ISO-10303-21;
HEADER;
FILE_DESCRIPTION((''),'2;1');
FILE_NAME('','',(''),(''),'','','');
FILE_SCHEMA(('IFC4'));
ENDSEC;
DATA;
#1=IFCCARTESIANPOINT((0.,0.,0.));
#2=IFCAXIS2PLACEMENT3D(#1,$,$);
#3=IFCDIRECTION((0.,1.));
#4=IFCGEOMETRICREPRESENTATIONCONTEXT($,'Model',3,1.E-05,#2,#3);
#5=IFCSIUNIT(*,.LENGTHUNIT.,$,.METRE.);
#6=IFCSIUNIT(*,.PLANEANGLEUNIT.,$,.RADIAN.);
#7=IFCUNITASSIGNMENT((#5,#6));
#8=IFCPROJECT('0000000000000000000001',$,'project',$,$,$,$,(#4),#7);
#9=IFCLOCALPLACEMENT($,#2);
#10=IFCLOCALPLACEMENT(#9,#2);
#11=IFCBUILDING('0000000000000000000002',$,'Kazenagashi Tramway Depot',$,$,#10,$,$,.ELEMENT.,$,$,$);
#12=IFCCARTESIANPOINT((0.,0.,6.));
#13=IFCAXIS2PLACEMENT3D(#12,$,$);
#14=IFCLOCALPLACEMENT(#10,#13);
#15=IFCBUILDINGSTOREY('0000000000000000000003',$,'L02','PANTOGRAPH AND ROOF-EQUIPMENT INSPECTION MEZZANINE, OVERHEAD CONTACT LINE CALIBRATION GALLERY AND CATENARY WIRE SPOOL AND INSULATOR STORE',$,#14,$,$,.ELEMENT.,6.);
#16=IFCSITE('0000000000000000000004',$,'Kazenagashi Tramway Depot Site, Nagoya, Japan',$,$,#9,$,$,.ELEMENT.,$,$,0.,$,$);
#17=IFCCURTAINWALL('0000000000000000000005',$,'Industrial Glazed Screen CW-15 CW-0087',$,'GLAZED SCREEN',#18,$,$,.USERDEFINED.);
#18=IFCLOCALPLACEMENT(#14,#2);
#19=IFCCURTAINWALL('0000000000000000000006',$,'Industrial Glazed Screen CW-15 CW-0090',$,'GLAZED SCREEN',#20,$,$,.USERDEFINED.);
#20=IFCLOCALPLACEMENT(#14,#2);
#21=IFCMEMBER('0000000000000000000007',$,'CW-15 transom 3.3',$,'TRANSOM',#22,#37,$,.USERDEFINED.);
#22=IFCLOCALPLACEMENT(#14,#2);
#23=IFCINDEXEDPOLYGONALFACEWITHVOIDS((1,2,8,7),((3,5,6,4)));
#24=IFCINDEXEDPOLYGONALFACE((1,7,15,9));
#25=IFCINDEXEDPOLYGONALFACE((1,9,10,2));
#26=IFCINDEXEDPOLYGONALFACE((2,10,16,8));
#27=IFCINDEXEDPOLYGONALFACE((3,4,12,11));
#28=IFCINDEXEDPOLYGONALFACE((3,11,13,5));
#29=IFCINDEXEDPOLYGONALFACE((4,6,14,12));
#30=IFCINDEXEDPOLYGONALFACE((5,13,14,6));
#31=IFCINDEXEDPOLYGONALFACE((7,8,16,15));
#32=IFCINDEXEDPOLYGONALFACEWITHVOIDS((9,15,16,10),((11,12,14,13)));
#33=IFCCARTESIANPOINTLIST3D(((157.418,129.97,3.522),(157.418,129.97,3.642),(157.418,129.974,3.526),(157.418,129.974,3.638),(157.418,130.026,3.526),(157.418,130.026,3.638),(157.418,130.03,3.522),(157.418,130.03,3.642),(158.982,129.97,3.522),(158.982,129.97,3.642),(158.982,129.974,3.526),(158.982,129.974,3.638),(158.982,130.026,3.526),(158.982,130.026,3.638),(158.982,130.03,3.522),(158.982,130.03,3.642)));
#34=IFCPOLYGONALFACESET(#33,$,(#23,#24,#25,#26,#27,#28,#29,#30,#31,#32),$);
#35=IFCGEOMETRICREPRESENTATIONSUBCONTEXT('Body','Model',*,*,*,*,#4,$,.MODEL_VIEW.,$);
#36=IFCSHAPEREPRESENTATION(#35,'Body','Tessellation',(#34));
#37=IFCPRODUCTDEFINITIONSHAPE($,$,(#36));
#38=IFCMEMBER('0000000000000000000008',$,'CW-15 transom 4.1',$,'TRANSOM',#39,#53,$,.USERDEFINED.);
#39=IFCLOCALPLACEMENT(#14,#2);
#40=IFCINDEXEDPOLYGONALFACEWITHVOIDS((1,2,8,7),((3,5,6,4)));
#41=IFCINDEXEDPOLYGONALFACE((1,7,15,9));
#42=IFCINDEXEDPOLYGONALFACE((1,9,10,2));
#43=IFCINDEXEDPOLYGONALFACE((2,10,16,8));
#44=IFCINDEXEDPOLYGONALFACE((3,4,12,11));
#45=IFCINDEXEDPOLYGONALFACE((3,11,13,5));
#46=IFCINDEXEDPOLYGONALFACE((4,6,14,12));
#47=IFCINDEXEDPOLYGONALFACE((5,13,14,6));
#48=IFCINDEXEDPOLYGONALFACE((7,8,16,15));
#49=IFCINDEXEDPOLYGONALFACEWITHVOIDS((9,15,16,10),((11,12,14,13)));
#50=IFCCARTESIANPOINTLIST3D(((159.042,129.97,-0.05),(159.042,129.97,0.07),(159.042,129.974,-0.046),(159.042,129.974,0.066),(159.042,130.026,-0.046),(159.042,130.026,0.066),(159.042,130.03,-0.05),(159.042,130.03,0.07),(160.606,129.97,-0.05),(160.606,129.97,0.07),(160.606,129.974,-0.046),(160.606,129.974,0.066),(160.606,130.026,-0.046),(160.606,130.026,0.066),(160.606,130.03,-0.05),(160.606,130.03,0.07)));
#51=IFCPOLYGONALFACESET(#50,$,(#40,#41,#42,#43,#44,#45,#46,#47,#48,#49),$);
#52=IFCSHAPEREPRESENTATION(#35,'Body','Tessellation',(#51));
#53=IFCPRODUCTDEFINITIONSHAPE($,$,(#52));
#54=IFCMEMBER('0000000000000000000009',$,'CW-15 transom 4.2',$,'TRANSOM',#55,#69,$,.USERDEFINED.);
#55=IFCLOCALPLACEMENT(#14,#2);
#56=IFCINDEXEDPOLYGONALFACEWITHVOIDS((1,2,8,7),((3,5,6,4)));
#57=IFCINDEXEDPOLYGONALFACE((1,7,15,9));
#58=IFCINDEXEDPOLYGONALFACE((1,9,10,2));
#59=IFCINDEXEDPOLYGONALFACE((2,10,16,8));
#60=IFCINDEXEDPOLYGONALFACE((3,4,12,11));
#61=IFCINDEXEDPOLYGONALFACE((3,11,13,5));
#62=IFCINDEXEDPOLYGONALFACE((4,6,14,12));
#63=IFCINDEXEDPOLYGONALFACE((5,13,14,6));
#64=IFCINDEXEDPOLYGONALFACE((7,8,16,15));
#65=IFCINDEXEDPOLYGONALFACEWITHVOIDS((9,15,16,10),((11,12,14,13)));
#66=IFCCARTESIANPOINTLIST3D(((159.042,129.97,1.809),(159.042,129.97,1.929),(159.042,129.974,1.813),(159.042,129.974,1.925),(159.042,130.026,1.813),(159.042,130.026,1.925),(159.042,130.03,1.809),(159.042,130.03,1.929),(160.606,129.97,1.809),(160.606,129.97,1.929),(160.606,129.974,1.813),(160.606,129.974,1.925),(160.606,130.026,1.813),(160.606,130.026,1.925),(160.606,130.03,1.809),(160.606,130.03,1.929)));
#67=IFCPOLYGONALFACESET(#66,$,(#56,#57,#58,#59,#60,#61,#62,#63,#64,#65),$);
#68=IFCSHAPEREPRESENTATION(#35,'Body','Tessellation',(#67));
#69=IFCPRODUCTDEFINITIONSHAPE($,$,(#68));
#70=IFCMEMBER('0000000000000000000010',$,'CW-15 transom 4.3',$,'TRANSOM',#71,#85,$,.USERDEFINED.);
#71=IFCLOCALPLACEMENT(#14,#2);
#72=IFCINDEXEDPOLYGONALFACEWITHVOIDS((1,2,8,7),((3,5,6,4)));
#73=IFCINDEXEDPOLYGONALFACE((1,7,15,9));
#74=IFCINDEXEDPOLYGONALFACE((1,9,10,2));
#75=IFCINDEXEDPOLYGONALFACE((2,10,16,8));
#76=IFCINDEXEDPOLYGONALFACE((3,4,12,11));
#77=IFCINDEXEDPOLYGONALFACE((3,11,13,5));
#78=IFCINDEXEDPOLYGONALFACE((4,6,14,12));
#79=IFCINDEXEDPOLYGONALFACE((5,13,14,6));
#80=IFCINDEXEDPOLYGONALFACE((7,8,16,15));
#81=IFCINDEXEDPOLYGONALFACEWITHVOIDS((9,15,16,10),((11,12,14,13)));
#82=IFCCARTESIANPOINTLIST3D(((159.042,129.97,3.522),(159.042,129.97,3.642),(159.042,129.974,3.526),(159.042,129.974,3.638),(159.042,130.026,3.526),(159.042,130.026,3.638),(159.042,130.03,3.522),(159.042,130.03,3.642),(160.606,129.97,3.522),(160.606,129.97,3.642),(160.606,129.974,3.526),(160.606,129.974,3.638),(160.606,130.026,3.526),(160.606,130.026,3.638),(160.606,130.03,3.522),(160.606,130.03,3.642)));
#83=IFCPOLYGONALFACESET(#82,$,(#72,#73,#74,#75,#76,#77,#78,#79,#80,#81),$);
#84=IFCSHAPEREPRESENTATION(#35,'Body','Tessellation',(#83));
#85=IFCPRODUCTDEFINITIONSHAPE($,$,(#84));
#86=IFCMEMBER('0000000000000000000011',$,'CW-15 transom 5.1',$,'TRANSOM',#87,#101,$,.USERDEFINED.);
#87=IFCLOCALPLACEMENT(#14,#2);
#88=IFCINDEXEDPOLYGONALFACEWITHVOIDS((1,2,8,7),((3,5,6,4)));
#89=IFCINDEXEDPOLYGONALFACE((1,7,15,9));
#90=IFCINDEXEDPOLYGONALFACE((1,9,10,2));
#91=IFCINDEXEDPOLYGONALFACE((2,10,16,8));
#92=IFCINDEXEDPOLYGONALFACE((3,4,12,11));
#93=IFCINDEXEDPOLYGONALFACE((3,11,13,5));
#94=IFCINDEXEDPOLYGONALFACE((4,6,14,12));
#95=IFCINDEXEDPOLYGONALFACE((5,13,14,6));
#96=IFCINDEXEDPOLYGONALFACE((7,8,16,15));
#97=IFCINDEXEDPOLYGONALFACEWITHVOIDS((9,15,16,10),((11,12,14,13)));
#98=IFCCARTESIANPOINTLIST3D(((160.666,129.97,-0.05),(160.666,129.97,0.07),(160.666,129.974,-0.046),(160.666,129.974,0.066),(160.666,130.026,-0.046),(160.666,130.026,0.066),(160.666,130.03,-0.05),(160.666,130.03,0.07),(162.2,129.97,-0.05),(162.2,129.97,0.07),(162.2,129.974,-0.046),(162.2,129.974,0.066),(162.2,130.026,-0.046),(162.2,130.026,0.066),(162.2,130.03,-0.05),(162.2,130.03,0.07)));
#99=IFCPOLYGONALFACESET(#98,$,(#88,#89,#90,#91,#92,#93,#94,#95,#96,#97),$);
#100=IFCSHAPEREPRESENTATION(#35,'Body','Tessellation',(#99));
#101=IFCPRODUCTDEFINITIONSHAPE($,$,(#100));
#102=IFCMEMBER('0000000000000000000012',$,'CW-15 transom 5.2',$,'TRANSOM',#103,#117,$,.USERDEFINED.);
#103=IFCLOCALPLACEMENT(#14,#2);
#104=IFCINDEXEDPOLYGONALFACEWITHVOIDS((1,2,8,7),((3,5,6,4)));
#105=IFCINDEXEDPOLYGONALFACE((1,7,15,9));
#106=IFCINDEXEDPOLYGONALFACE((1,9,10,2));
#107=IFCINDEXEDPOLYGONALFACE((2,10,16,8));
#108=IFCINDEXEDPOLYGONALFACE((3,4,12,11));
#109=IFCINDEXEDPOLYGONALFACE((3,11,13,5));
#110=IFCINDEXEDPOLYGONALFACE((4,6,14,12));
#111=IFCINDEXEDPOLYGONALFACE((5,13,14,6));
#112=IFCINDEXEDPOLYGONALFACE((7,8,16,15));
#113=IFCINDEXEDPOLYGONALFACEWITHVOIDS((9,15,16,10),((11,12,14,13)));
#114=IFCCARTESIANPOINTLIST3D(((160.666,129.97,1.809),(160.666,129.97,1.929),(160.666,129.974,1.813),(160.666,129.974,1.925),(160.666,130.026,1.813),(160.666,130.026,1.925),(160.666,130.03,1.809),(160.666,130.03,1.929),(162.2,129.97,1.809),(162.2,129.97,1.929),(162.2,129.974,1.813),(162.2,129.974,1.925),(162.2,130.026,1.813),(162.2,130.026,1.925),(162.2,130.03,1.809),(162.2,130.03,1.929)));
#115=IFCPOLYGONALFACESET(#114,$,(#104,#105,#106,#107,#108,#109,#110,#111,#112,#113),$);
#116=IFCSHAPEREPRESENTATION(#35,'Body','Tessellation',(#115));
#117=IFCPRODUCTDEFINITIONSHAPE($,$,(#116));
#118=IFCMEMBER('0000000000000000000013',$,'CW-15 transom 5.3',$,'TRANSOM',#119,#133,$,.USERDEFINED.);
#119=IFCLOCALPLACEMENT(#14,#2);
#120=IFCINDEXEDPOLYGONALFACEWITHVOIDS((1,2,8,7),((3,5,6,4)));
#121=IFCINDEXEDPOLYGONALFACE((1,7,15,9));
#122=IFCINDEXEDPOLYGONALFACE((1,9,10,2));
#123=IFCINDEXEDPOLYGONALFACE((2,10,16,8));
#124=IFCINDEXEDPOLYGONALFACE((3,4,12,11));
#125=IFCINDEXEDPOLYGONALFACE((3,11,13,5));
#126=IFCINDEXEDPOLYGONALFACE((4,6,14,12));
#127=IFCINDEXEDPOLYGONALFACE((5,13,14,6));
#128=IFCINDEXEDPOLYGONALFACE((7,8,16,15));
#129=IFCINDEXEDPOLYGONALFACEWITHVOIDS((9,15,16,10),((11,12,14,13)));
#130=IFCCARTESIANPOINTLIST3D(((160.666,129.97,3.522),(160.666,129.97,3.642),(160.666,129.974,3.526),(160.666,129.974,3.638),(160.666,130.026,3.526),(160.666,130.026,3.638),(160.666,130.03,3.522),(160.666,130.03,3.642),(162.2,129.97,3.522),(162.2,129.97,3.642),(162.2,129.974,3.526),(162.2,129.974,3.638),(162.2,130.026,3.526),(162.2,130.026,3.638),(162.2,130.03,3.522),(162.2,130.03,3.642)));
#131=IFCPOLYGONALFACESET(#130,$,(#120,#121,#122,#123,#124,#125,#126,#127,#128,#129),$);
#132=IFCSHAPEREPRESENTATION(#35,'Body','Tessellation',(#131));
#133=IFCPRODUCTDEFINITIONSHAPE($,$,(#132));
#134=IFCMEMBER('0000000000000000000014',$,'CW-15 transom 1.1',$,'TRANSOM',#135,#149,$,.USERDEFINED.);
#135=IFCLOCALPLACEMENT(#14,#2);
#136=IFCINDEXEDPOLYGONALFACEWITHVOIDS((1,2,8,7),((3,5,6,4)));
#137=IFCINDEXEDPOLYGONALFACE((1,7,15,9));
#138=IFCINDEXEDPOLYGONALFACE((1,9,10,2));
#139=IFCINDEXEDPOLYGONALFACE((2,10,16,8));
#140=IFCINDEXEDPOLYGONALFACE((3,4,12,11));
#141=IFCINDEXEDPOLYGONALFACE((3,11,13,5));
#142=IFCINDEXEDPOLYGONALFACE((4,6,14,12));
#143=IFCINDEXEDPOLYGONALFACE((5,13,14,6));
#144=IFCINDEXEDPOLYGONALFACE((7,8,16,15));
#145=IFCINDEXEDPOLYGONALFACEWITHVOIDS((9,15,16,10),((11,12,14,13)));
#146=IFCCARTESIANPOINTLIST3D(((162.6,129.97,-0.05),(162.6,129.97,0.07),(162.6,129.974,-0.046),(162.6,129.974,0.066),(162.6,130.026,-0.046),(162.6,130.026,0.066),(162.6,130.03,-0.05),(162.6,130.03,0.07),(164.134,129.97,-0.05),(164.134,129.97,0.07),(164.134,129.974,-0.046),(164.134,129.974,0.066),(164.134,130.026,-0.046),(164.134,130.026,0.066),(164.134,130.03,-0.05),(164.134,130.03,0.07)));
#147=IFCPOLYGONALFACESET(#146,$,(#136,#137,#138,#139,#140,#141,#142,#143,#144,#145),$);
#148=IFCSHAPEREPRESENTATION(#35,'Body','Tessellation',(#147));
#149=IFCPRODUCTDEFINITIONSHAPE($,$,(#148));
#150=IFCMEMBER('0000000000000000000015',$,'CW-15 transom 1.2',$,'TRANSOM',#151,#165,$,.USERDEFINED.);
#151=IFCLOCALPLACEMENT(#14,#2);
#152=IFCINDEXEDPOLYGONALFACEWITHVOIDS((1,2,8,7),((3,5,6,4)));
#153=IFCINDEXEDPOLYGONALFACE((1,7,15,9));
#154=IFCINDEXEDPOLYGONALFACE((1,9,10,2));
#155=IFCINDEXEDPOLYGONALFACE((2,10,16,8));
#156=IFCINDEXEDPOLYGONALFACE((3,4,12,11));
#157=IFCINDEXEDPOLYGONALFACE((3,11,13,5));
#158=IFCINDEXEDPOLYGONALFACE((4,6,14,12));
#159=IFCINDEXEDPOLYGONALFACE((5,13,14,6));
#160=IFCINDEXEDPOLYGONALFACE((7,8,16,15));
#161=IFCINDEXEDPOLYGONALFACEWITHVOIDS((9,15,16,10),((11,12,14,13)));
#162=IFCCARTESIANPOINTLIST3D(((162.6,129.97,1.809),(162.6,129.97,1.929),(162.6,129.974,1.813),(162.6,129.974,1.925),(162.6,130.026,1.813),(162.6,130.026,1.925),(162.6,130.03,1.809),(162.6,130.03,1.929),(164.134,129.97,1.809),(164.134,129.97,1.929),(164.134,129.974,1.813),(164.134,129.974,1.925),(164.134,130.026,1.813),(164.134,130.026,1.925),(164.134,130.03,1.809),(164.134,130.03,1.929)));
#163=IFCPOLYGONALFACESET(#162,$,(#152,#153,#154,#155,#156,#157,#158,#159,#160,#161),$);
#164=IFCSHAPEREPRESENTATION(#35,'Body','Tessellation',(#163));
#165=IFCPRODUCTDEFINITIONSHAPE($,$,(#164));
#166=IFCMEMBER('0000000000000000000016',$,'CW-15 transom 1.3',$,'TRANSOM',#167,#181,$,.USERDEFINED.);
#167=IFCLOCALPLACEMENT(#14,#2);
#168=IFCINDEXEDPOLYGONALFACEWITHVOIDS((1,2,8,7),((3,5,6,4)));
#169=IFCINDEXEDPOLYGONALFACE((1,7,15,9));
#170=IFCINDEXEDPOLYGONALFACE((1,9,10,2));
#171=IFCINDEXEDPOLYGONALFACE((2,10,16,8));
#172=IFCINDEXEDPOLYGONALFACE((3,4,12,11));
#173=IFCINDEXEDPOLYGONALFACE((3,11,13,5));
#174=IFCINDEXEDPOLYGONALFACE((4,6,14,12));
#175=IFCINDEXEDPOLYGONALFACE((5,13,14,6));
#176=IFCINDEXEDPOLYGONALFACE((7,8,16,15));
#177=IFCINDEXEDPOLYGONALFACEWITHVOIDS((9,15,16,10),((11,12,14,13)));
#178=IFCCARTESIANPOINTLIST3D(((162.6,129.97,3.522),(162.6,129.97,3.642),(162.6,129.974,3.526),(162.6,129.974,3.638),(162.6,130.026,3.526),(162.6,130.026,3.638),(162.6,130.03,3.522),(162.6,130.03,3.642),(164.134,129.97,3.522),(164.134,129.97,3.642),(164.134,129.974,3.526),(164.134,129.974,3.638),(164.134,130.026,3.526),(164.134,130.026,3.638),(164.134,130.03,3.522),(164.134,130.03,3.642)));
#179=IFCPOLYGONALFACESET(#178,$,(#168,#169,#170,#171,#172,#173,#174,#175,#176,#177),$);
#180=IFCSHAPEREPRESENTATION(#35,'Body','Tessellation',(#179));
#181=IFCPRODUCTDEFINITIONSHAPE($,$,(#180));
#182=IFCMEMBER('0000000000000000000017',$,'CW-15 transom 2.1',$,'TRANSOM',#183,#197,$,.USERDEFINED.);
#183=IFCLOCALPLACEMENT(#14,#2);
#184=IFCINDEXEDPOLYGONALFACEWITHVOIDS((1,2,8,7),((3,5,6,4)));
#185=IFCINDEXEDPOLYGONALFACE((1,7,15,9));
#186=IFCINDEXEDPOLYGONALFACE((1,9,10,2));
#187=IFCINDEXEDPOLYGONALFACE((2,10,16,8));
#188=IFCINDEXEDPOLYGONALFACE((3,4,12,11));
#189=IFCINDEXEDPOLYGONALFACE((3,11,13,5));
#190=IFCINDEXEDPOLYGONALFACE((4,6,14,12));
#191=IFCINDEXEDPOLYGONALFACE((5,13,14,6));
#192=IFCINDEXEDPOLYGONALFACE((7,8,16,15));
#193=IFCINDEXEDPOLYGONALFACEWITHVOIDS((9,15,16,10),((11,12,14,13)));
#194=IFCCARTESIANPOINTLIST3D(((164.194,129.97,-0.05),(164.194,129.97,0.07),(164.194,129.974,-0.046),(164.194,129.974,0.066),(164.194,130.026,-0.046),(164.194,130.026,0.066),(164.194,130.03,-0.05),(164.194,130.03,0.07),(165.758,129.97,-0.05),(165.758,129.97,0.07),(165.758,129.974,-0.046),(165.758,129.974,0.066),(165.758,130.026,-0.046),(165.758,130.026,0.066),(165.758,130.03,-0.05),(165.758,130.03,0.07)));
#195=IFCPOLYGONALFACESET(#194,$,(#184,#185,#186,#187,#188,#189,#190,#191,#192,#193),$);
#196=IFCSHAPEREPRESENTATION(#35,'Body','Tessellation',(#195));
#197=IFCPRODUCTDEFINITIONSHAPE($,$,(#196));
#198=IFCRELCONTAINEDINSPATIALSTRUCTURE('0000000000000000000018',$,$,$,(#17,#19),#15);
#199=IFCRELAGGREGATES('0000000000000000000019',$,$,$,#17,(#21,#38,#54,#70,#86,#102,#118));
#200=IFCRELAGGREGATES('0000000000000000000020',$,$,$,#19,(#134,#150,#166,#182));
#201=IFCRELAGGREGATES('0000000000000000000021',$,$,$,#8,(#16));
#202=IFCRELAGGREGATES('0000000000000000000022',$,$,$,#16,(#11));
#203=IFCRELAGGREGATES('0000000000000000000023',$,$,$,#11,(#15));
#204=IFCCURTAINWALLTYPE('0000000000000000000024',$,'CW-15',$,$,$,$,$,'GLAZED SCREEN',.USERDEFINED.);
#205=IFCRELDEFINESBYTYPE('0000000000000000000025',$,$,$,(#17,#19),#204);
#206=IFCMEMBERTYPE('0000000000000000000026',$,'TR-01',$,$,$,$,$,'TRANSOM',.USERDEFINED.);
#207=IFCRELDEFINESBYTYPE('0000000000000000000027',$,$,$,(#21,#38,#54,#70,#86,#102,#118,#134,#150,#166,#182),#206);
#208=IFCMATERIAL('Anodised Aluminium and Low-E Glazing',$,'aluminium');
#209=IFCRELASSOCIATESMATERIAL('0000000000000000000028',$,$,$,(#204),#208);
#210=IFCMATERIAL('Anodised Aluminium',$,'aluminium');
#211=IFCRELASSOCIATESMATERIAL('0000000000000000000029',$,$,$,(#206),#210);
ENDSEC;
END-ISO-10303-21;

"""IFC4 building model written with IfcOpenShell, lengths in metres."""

from ifc_helpers import new_model, si_unit, direction, frame, origin, origin_2d, place, context, subcontext, project, spatial, hollow_rectangle, extrude, material, material_profile, profile_set, type_object, element, aggregate, save


model = new_model("IFC4")

# Units and contexts
model_context = context("Model", 3, precision=1e-05, world=origin(), true_north=direction((0.0, 1.0)))
body_context = subcontext(model_context, "Body", "Model", "MODEL_VIEW")
ifc_project = project(units=[si_unit("LENGTHUNIT", "METRE"), si_unit("PLANEANGLEUNIT", "RADIAN")], contexts=[model_context])

# Site, building, storey
site_placement = place(None, origin())
site = spatial("IfcSite", under=ifc_project, at=site_placement, Name="Kazenagashi Tramway Depot Site, Nagoya, Japan", CompositionType="ELEMENT", RefElevation=0.0)
building_placement = place(site_placement, origin())
building = spatial("IfcBuilding", under=site, at=building_placement, Name="Kazenagashi Tramway Depot", CompositionType="ELEMENT")
storey_placement = place(building_placement, frame((0.0, 0.0, 6.0)))
storey = spatial("IfcBuildingStorey", under=building, at=storey_placement, Name="L02", Description="PANTOGRAPH AND ROOF-EQUIPMENT INSPECTION MEZZANINE, OVERHEAD CONTACT LINE CALIBRATION GALLERY AND CATENARY WIRE SPOOL AND INSULATOR STORE", CompositionType="ELEMENT", Elevation=6.0)

# Curtain walls
ifc_material_1 = material(Name="Anodised Aluminium and Low-E Glazing", Category="aluminium")
curtain_wall_type = type_object("IfcCurtainWallType", Name="CW-15", ElementType="GLAZED SCREEN", PredefinedType="USERDEFINED", material=ifc_material_1)
curtain_wall_1_placement = place(storey_placement, origin())
curtain_wall_1 = element("IfcCurtainWall", 1, at=curtain_wall_1_placement, inside=storey, type_object=curtain_wall_type, Name="Industrial Glazed Screen CW-15 CW-0087", ObjectType="GLAZED SCREEN", PredefinedType="USERDEFINED")
ifc_material_2 = material(Name="Anodised Aluminium", Category="aluminium")
curtain_wall_2_placement = place(storey_placement, origin())
curtain_wall_2 = element("IfcCurtainWall", 2, at=curtain_wall_2_placement, inside=storey, type_object=curtain_wall_type, Name="Industrial Glazed Screen CW-15 CW-0090", ObjectType="GLAZED SCREEN", PredefinedType="USERDEFINED")

# Members
ifc_material_profile_1 = material_profile(ifc_material_2, hollow_rectangle(XDim=0.06, YDim=0.12, WallThickness=0.004, at=origin_2d()), Name="RHS-120x60x4")
ifc_profile_set_1 = profile_set([ifc_material_profile_1], Name="Anodised Aluminium")
member_type_1 = type_object("IfcMemberType", Name="TR-01", ElementType="TRANSOM", PredefinedType="USERDEFINED", material=ifc_profile_set_1)
member_1_placement = place(storey_placement, frame((157.418, 130.0, 3.582), z_axis=(1.0, 0.0, 0.0), x_axis=(0.0, 1.0, 0.0)))
member_1 = element("IfcMember", 3, at=member_1_placement, type_object=member_type_1, Name="CW-15 transom 3.3", ObjectType="TRANSOM", PredefinedType="USERDEFINED", context=body_context, shape_type="SweptSolid", body=[
    extrude(hollow_rectangle(XDim=0.06, YDim=0.12, WallThickness=0.004, at=origin_2d()), origin(), (0.0, 0.0, 1.0), 1.564),
])
member_2_placement = place(storey_placement, frame((159.042, 130.0, 0.01), z_axis=(1.0, 0.0, 0.0), x_axis=(0.0, 1.0, 0.0)))
member_2 = element("IfcMember", 4, at=member_2_placement, type_object=member_type_1, Name="CW-15 transom 4.1", ObjectType="TRANSOM", PredefinedType="USERDEFINED", context=body_context, shape_type="SweptSolid", body=[
    extrude(hollow_rectangle(XDim=0.06, YDim=0.12, WallThickness=0.004, at=origin_2d()), origin(), (0.0, 0.0, 1.0), 1.564),
])
member_3_placement = place(storey_placement, frame((159.042, 130.0, 1.869), z_axis=(1.0, 0.0, 0.0), x_axis=(0.0, 1.0, 0.0)))
member_3 = element("IfcMember", 5, at=member_3_placement, type_object=member_type_1, Name="CW-15 transom 4.2", ObjectType="TRANSOM", PredefinedType="USERDEFINED", context=body_context, shape_type="SweptSolid", body=[
    extrude(hollow_rectangle(XDim=0.06, YDim=0.12, WallThickness=0.004, at=origin_2d()), origin(), (0.0, 0.0, 1.0), 1.564),
])
member_4_placement = place(storey_placement, frame((159.042, 130.0, 3.582), z_axis=(1.0, 0.0, 0.0), x_axis=(0.0, 1.0, 0.0)))
member_4 = element("IfcMember", 6, at=member_4_placement, type_object=member_type_1, Name="CW-15 transom 4.3", ObjectType="TRANSOM", PredefinedType="USERDEFINED", context=body_context, shape_type="SweptSolid", body=[
    extrude(hollow_rectangle(XDim=0.06, YDim=0.12, WallThickness=0.004, at=origin_2d()), origin(), (0.0, 0.0, 1.0), 1.564),
])
member_5_placement = place(storey_placement, frame((160.666, 130.0, 0.01), z_axis=(1.0, 0.0, 0.0), x_axis=(0.0, 1.0, 0.0)))
member_5 = element("IfcMember", 7, at=member_5_placement, type_object=member_type_1, Name="CW-15 transom 5.1", ObjectType="TRANSOM", PredefinedType="USERDEFINED", context=body_context, shape_type="SweptSolid", body=[
    extrude(hollow_rectangle(XDim=0.06, YDim=0.12, WallThickness=0.004, at=origin_2d()), origin(), (0.0, 0.0, 1.0), 1.534),
])
member_6_placement = place(storey_placement, frame((160.666, 130.0, 1.869), z_axis=(1.0, 0.0, 0.0), x_axis=(0.0, 1.0, 0.0)))
member_6 = element("IfcMember", 8, at=member_6_placement, type_object=member_type_1, Name="CW-15 transom 5.2", ObjectType="TRANSOM", PredefinedType="USERDEFINED", context=body_context, shape_type="SweptSolid", body=[
    extrude(hollow_rectangle(XDim=0.06, YDim=0.12, WallThickness=0.004, at=origin_2d()), origin(), (0.0, 0.0, 1.0), 1.534),
])
member_7_placement = place(storey_placement, frame((160.666, 130.0, 3.582), z_axis=(1.0, 0.0, 0.0), x_axis=(0.0, 1.0, 0.0)))
member_7 = element("IfcMember", 9, at=member_7_placement, type_object=member_type_1, Name="CW-15 transom 5.3", ObjectType="TRANSOM", PredefinedType="USERDEFINED", context=body_context, shape_type="SweptSolid", body=[
    extrude(hollow_rectangle(XDim=0.06, YDim=0.12, WallThickness=0.004, at=origin_2d()), origin(), (0.0, 0.0, 1.0), 1.534),
])
member_8_placement = place(storey_placement, frame((162.6, 130.0, 0.01), z_axis=(1.0, 0.0, 0.0), x_axis=(0.0, 1.0, 0.0)))
member_8 = element("IfcMember", 10, at=member_8_placement, type_object=member_type_1, Name="CW-15 transom 1.1", ObjectType="TRANSOM", PredefinedType="USERDEFINED", context=body_context, shape_type="SweptSolid", body=[
    extrude(hollow_rectangle(XDim=0.06, YDim=0.12, WallThickness=0.004, at=origin_2d()), origin(), (0.0, 0.0, 1.0), 1.534),
])
member_9_placement = place(storey_placement, frame((162.6, 130.0, 1.869), z_axis=(1.0, 0.0, 0.0), x_axis=(0.0, 1.0, 0.0)))
member_9 = element("IfcMember", 11, at=member_9_placement, type_object=member_type_1, Name="CW-15 transom 1.2", ObjectType="TRANSOM", PredefinedType="USERDEFINED", context=body_context, shape_type="SweptSolid", body=[
    extrude(hollow_rectangle(XDim=0.06, YDim=0.12, WallThickness=0.004, at=origin_2d()), origin(), (0.0, 0.0, 1.0), 1.534),
])
member_10_placement = place(storey_placement, frame((162.6, 130.0, 3.582), z_axis=(1.0, 0.0, 0.0), x_axis=(0.0, 1.0, 0.0)))
member_10 = element("IfcMember", 12, at=member_10_placement, type_object=member_type_1, Name="CW-15 transom 1.3", ObjectType="TRANSOM", PredefinedType="USERDEFINED", context=body_context, shape_type="SweptSolid", body=[
    extrude(hollow_rectangle(XDim=0.06, YDim=0.12, WallThickness=0.004, at=origin_2d()), origin(), (0.0, 0.0, 1.0), 1.534),
])
member_11_placement = place(storey_placement, frame((164.194, 130.0, 0.01), z_axis=(1.0, 0.0, 0.0), x_axis=(0.0, 1.0, 0.0)))
member_11 = element("IfcMember", 13, at=member_11_placement, type_object=member_type_1, Name="CW-15 transom 2.1", ObjectType="TRANSOM", PredefinedType="USERDEFINED", context=body_context, shape_type="SweptSolid", body=[
    extrude(hollow_rectangle(XDim=0.06, YDim=0.12, WallThickness=0.004, at=origin_2d()), origin(), (0.0, 0.0, 1.0), 1.564),
])

aggregate(curtain_wall_1, [member_1, member_2, member_3, member_4, member_5, member_6, member_7])
aggregate(curtain_wall_2, [member_8, member_9, member_10, member_11])

save(model, "model.ifc")
